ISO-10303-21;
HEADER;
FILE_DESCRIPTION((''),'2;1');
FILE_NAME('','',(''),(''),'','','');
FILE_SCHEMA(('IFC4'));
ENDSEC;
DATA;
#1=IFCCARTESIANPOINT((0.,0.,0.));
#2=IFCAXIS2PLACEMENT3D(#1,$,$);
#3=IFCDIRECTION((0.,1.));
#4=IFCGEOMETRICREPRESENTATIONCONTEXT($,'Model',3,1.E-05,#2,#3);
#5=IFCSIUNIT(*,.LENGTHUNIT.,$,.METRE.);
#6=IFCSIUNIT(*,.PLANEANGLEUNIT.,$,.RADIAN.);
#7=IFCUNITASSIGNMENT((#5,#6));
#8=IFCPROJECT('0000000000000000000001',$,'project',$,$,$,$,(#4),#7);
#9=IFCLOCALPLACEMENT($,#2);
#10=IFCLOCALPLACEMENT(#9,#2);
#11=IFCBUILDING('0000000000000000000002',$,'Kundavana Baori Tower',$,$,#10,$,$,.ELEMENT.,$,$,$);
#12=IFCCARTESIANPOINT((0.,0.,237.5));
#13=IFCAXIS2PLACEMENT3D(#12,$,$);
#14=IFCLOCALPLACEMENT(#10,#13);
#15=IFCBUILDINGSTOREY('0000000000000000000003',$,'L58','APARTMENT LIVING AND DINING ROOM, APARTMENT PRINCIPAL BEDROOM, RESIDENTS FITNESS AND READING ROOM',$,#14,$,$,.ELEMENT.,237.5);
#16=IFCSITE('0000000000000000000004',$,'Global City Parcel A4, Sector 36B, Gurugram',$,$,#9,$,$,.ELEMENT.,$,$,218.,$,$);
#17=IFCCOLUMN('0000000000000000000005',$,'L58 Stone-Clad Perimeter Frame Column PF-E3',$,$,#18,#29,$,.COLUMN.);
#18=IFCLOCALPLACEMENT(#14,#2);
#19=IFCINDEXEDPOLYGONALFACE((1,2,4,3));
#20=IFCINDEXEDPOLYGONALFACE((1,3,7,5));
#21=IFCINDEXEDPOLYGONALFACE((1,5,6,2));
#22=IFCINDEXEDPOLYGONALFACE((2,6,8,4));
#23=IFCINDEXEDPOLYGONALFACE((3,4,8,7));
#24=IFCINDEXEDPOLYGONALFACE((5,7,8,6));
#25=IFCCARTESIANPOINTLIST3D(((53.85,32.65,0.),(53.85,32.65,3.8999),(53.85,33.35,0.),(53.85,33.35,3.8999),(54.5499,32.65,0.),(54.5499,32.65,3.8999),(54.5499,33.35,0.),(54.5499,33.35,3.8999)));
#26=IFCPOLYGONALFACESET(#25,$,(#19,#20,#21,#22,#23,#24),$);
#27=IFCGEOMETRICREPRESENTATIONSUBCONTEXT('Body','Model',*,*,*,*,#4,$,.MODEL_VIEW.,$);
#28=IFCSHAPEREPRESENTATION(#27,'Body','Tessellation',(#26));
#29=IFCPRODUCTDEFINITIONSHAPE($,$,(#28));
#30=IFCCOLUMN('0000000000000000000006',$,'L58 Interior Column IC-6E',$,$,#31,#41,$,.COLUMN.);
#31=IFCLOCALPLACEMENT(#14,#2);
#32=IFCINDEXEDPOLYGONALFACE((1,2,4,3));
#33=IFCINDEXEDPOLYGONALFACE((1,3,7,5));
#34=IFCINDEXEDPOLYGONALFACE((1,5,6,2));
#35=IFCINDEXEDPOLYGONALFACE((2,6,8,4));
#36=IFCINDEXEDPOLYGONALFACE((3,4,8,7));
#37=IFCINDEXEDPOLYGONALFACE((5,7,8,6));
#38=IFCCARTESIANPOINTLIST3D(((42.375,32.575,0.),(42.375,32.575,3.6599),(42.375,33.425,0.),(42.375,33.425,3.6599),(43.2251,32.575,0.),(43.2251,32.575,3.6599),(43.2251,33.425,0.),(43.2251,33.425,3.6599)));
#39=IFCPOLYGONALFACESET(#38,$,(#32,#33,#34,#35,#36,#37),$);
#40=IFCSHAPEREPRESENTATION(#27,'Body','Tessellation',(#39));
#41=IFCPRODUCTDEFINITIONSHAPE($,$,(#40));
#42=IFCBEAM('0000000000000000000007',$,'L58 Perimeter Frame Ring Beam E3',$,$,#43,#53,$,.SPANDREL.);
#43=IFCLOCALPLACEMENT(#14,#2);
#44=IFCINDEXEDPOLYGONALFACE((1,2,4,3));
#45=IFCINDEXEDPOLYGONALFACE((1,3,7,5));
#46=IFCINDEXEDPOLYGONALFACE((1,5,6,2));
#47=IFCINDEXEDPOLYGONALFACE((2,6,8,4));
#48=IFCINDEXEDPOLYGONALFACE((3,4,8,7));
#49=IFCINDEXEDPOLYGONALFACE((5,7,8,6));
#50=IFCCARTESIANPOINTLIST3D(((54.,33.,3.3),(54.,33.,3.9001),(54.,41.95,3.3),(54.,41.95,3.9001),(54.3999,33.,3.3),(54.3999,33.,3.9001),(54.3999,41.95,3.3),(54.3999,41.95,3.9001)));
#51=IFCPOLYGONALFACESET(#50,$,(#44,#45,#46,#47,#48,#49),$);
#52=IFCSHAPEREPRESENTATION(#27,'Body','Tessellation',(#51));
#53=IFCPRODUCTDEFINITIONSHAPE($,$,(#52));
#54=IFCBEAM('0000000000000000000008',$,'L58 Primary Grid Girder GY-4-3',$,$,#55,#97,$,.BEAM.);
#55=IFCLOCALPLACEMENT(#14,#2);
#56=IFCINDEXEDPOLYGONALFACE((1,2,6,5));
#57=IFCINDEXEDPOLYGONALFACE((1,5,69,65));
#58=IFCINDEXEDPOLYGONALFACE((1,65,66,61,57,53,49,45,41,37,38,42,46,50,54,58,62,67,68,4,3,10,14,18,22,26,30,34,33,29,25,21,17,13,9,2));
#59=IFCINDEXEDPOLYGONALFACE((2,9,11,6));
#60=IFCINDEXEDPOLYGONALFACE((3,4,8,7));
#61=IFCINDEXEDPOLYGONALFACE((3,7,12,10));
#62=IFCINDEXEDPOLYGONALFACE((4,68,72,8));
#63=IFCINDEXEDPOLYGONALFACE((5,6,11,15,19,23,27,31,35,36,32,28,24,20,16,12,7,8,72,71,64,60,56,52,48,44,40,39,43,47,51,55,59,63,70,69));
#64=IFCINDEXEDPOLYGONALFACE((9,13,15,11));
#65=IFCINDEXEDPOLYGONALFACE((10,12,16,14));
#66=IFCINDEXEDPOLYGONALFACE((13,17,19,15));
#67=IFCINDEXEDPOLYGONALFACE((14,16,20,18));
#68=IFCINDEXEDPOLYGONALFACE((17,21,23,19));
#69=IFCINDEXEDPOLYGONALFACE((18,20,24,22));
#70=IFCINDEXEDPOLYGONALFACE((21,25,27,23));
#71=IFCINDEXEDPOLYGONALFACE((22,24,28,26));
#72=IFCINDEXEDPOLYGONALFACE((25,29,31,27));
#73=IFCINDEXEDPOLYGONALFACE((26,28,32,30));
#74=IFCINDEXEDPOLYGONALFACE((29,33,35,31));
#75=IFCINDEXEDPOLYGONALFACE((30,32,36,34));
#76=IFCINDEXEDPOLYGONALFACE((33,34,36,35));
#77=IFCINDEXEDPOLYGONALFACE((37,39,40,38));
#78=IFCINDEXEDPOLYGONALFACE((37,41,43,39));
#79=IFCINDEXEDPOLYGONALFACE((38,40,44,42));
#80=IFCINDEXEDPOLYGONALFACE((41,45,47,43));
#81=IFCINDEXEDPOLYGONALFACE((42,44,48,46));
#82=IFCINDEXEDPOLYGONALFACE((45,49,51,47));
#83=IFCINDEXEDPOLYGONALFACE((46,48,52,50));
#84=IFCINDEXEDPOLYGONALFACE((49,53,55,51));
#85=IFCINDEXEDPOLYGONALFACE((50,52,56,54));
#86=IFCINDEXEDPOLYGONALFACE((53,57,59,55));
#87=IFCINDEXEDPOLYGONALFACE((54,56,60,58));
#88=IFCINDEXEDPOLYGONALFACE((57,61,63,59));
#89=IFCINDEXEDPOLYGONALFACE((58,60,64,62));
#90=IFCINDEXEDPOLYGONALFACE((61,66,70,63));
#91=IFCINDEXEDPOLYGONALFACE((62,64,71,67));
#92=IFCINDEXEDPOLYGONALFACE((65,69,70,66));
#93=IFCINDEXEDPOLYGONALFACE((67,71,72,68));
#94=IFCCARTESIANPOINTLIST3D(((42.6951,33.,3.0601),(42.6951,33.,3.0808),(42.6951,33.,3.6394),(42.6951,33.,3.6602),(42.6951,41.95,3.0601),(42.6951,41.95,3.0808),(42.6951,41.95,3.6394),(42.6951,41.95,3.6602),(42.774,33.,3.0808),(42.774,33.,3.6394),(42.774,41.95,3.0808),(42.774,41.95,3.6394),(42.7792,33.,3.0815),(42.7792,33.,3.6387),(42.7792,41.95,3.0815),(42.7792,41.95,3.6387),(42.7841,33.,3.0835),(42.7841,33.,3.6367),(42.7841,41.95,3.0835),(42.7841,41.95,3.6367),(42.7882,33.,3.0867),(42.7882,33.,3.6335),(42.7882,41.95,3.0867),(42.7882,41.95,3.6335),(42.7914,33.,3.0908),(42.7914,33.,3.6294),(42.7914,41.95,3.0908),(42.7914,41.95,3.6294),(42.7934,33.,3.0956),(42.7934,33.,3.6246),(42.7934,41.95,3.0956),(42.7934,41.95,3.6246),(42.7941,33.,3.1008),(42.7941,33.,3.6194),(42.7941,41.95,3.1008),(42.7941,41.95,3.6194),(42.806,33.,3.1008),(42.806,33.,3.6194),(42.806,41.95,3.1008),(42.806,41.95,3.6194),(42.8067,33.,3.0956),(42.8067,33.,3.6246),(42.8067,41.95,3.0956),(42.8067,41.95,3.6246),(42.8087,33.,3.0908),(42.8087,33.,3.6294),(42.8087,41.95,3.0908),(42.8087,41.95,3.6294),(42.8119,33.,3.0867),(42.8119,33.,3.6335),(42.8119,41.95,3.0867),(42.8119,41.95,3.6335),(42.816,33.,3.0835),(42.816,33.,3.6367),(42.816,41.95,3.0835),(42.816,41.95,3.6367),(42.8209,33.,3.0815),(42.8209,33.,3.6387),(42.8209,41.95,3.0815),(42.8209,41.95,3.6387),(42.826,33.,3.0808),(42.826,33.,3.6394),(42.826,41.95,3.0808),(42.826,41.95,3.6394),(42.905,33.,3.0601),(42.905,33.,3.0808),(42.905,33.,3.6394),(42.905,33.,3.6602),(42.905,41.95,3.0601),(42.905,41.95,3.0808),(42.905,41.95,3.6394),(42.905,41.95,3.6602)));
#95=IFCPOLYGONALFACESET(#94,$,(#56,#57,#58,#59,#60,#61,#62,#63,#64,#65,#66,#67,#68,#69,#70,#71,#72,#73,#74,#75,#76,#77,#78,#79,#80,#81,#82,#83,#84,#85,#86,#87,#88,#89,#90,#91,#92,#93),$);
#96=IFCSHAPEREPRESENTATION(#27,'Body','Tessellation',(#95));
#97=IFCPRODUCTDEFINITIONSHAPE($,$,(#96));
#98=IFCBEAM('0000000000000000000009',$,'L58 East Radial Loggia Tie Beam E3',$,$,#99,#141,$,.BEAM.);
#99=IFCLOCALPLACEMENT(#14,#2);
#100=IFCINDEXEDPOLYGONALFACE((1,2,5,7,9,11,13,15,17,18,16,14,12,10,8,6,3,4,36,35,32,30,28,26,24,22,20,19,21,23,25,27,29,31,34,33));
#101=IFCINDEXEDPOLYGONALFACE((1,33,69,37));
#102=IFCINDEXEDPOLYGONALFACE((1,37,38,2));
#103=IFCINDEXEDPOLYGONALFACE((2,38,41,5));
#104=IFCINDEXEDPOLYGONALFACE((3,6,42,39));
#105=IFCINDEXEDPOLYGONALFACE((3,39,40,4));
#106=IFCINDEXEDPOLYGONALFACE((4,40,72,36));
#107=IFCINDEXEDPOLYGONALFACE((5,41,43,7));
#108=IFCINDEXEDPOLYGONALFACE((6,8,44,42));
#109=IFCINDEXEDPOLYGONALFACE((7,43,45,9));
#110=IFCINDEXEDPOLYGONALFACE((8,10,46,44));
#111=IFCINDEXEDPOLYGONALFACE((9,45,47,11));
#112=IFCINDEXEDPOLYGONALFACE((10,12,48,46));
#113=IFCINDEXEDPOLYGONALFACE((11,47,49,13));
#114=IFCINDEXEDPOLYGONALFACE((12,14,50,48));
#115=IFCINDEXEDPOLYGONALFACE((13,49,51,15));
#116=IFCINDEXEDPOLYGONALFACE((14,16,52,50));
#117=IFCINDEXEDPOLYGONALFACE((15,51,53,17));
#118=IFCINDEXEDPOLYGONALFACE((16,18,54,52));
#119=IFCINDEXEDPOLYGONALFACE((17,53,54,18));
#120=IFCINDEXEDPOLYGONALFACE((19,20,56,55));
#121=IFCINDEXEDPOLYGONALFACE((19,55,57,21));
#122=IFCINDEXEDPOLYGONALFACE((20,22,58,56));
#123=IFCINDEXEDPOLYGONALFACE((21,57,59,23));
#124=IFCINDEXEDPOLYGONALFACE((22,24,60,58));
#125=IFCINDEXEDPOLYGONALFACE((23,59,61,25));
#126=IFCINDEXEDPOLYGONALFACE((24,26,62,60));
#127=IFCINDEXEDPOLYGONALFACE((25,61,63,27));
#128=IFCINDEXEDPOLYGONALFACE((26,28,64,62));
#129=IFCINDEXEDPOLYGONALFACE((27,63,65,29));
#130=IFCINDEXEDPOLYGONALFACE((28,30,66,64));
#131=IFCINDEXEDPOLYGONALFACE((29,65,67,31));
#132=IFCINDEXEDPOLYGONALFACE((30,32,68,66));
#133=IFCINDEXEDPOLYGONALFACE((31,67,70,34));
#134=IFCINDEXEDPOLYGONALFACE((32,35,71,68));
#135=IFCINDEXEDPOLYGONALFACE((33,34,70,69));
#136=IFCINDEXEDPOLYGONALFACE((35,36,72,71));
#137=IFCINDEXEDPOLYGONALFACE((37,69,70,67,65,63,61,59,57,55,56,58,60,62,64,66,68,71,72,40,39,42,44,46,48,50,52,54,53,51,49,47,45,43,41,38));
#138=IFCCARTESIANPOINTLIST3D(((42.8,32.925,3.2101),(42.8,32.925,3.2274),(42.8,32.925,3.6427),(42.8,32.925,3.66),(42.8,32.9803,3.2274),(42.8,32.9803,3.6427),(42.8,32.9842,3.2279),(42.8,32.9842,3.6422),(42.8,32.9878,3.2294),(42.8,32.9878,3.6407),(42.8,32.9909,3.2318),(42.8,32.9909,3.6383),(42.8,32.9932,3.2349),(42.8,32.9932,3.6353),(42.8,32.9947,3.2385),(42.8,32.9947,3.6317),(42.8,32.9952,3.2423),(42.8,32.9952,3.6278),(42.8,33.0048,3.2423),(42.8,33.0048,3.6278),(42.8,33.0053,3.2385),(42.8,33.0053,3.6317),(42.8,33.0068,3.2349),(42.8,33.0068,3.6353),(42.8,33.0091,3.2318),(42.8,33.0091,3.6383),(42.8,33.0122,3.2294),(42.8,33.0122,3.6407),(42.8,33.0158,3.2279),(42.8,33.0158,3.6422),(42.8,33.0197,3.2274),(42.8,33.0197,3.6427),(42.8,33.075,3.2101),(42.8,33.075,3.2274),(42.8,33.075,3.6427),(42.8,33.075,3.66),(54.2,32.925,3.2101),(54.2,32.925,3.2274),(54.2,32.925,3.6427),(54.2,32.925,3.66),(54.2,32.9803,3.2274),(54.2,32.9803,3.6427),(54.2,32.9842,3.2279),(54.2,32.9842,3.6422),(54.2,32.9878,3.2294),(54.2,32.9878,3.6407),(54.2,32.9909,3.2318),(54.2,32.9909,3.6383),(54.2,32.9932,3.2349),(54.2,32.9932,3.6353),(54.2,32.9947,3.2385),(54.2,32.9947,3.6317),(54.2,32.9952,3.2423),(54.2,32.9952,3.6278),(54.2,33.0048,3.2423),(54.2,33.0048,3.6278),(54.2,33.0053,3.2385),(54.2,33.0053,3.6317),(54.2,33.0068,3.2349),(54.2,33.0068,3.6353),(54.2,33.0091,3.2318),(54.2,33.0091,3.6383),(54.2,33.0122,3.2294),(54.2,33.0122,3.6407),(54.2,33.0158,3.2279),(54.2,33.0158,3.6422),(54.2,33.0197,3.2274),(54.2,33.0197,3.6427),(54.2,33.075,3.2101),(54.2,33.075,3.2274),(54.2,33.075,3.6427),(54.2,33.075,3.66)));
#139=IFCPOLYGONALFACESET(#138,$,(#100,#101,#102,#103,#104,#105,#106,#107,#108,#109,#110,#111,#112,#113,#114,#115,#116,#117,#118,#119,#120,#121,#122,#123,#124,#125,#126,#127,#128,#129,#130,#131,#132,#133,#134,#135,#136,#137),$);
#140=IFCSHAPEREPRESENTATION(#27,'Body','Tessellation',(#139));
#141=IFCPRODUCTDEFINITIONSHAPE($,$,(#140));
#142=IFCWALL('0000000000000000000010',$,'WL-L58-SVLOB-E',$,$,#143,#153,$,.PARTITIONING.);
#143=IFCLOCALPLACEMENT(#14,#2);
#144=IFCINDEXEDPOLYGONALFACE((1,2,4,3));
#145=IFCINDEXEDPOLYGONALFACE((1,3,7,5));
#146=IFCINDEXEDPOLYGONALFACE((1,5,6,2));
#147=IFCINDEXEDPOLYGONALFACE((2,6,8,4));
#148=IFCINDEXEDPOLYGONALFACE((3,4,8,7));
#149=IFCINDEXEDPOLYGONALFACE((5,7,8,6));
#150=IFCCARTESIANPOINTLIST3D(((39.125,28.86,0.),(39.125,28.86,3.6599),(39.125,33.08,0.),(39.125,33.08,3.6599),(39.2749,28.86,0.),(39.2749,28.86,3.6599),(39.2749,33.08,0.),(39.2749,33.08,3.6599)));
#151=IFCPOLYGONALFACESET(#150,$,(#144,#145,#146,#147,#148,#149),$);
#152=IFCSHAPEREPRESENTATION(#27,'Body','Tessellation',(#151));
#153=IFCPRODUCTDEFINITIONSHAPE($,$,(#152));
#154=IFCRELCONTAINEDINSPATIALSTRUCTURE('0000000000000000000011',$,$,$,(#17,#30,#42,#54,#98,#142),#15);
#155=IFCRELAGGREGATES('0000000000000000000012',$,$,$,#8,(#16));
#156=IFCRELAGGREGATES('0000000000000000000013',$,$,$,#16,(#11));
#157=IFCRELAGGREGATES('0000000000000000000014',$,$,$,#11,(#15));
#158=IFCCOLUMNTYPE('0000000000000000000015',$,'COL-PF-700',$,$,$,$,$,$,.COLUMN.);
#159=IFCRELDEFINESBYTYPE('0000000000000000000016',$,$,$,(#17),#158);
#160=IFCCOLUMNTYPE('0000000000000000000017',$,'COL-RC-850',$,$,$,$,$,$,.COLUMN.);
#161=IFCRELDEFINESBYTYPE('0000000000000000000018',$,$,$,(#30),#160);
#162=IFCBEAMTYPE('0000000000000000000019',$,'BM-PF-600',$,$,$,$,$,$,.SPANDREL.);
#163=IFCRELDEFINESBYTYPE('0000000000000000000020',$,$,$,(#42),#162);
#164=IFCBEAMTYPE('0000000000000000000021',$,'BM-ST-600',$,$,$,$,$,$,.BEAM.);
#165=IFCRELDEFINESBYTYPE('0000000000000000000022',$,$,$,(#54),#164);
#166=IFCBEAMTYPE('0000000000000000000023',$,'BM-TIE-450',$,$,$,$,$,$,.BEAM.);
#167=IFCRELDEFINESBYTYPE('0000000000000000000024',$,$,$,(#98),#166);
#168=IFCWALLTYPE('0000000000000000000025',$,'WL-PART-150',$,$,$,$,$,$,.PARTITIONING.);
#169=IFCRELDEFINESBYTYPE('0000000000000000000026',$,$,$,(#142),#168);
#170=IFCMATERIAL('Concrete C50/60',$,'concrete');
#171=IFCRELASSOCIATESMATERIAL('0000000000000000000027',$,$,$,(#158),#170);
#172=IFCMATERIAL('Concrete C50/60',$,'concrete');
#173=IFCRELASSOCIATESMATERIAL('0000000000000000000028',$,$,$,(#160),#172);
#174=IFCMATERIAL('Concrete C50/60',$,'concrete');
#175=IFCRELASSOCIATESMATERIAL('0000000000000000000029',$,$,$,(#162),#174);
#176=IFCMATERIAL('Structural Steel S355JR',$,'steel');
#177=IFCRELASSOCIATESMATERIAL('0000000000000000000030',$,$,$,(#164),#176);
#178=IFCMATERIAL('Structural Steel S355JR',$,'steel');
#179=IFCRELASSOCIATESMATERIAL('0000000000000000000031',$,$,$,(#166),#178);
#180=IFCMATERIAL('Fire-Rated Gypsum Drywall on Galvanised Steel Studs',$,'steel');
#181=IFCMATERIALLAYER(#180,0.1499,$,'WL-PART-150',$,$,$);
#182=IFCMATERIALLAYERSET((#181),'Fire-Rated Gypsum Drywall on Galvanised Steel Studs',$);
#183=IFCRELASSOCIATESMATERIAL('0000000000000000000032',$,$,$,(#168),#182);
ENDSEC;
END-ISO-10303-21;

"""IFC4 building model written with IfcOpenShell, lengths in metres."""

from ifc_helpers import new_model, si_unit, direction, frame, frame_2d, origin, origin_2d, place, context, subcontext, project, spatial, rectangle, i_section, extrude, material, layer, layer_set, material_profile, profile_set, type_object, element, save


model = new_model("IFC4")

# Units and contexts
model_context = context("Model", 3, precision=1e-05, world=origin(), true_north=direction((0.0, 1.0)))
body_context = subcontext(model_context, "Body", "Model", "MODEL_VIEW")
ifc_project = project(units=[si_unit("LENGTHUNIT", "METRE"), si_unit("PLANEANGLEUNIT", "RADIAN")], contexts=[model_context])

# Site, building, storey
site_placement = place(None, origin())
site = spatial("IfcSite", under=ifc_project, at=site_placement, Name="Global City Parcel A4, Sector 36B, Gurugram", CompositionType="ELEMENT", RefElevation=218.0)
building_placement = place(site_placement, origin())
building = spatial("IfcBuilding", under=site, at=building_placement, Name="Kundavana Baori Tower", CompositionType="ELEMENT")
storey_placement = place(building_placement, frame((0.0, 0.0, 237.5)))
storey = spatial("IfcBuildingStorey", under=building, at=storey_placement, Name="L58", Description="APARTMENT LIVING AND DINING ROOM, APARTMENT PRINCIPAL BEDROOM, RESIDENTS FITNESS AND READING ROOM", CompositionType="ELEMENT", Elevation=237.5)

# Columns
ifc_material_1 = material(Name="Concrete C50/60", Category="concrete")
ifc_material_profile_1 = material_profile(ifc_material_1, rectangle(XDim=0.7, YDim=0.7, at=origin_2d()), Name="RC PF 700x700")
ifc_profile_set_1 = profile_set([ifc_material_profile_1], Name="Concrete C50/60")
column_type_1 = type_object("IfcColumnType", Name="COL-PF-700", PredefinedType="COLUMN", material=ifc_profile_set_1)
column_1_placement = place(storey_placement, frame((54.2, 33.0, 0.0), z_axis=(0.0, 0.0, 1.0), x_axis=(1.0, 0.0, 0.0)))
element("IfcColumn", 1, at=column_1_placement, inside=storey, type_object=column_type_1, Name="L58 Stone-Clad Perimeter Frame Column PF-E3", PredefinedType="COLUMN", context=body_context, shape_type="SweptSolid", body=[
    extrude(rectangle(XDim=0.7, YDim=0.7, at=origin_2d()), origin(), (0.0, 0.0, 1.0), 3.8999),
])
ifc_material_2 = material(Name="Concrete C50/60", Category="concrete")
ifc_material_profile_2 = material_profile(ifc_material_2, rectangle(XDim=0.8501, YDim=0.8501, at=origin_2d()), Name="RC 850x850")
ifc_profile_set_2 = profile_set([ifc_material_profile_2], Name="Concrete C50/60")
column_type_2 = type_object("IfcColumnType", Name="COL-RC-850", PredefinedType="COLUMN", material=ifc_profile_set_2)
column_2_placement = place(storey_placement, frame((42.8, 33.0, 0.0), z_axis=(0.0, 0.0, 1.0), x_axis=(1.0, 0.0, 0.0)))
element("IfcColumn", 2, at=column_2_placement, inside=storey, type_object=column_type_2, Name="L58 Interior Column IC-6E", PredefinedType="COLUMN", context=body_context, shape_type="SweptSolid", body=[
    extrude(rectangle(XDim=0.8501, YDim=0.8501, at=origin_2d()), origin(), (0.0, 0.0, 1.0), 3.6599),
])

# Beams
ifc_material_3 = material(Name="Concrete C50/60", Category="concrete")
ifc_material_profile_3 = material_profile(ifc_material_3, rectangle(XDim=0.3999, YDim=0.6001, at=origin_2d()), Name="RC BM 400x600")
ifc_profile_set_3 = profile_set([ifc_material_profile_3], Name="Concrete C50/60")
beam_type_1 = type_object("IfcBeamType", Name="BM-PF-600", PredefinedType="SPANDREL", material=ifc_profile_set_3)
beam_1_placement = place(storey_placement, frame((54.2, 33.0, 3.6001), z_axis=(0.0, 1.0, 0.0), x_axis=(-1.0, 0.0, 0.0)))
element("IfcBeam", 3, at=beam_1_placement, inside=storey, type_object=beam_type_1, Name="L58 Perimeter Frame Ring Beam E3", PredefinedType="SPANDREL", context=body_context, shape_type="SweptSolid", body=[
    extrude(rectangle(XDim=0.3999, YDim=0.6001, at=origin_2d()), origin(), (0.0, 0.0, 1.0), 8.95),
])
ifc_material_4 = material(Name="Structural Steel S355JR", Category="steel")
ifc_material_profile_4 = material_profile(ifc_material_4, i_section(OverallWidth=0.21, OverallDepth=0.6001, WebThickness=0.012, FlangeThickness=0.0208, FilletRadius=0.02, at=origin_2d()), Name="ISMB 600")
ifc_profile_set_4 = profile_set([ifc_material_profile_4], Name="Structural Steel S355JR")
beam_type_2 = type_object("IfcBeamType", Name="BM-ST-600", PredefinedType="BEAM", material=ifc_profile_set_4)
beam_2_placement = place(storey_placement, frame((42.8, 33.0, 3.3601), z_axis=(0.0, 1.0, 0.0), x_axis=(-1.0, 0.0, 0.0)))
element("IfcBeam", 4, at=beam_2_placement, inside=storey, type_object=beam_type_2, Name="L58 Primary Grid Girder GY-4-3", PredefinedType="BEAM", context=body_context, shape_type="SweptSolid", body=[
    extrude(i_section(OverallWidth=0.21, OverallDepth=0.6001, WebThickness=0.012, FlangeThickness=0.0208, FilletRadius=0.02, at=origin_2d()), origin(), (0.0, 0.0, 1.0), 8.95),
])
ifc_material_5 = material(Name="Structural Steel S355JR", Category="steel")
ifc_material_profile_5 = material_profile(ifc_material_5, i_section(OverallWidth=0.1499, OverallDepth=0.45, WebThickness=0.0095, FlangeThickness=0.0173, FilletRadius=0.0149, at=origin_2d()), Name="ISMB 450")
ifc_profile_set_5 = profile_set([ifc_material_profile_5], Name="Structural Steel S355JR")
beam_type_3 = type_object("IfcBeamType", Name="BM-TIE-450", PredefinedType="BEAM", material=ifc_profile_set_5)
beam_3_placement = place(storey_placement, frame((42.8, 33.0, 3.4351), z_axis=(1.0, 0.0, 0.0), x_axis=(0.0, 1.0, 0.0)))
element("IfcBeam", 5, at=beam_3_placement, inside=storey, type_object=beam_type_3, Name="L58 East Radial Loggia Tie Beam E3", PredefinedType="BEAM", context=body_context, shape_type="SweptSolid", body=[
    extrude(i_section(OverallWidth=0.1499, OverallDepth=0.45, WebThickness=0.0095, FlangeThickness=0.0173, FilletRadius=0.0149, at=origin_2d()), origin(), (0.0, 0.0, 1.0), 11.3999),
])

# Wall
ifc_material_6 = material(Name="Fire-Rated Gypsum Drywall on Galvanised Steel Studs", Category="steel")
ifc_layer_1 = layer(ifc_material_6, 0.1499, Name="WL-PART-150")
ifc_layer_set_1 = layer_set([ifc_layer_1], Name="Fire-Rated Gypsum Drywall on Galvanised Steel Studs")
wall_type_1 = type_object("IfcWallType", Name="WL-PART-150", PredefinedType="PARTITIONING", material=ifc_layer_set_1)
wall_1_placement = place(storey_placement, frame((39.2, 28.8601, 0.0), z_axis=(0.0, 0.0, 1.0), x_axis=(0.0, 1.0, 0.0)))
element("IfcWall", 6, at=wall_1_placement, inside=storey, type_object=wall_type_1, Name="WL-L58-SVLOB-E", PredefinedType="PARTITIONING", context=body_context, shape_type="SweptSolid", body=[
    extrude(rectangle(XDim=4.22, YDim=0.1499, at=frame_2d((2.1099, 0.0))), origin(), (0.0, 0.0, 1.0), 3.6599),
])

save(model, "model.ifc")
